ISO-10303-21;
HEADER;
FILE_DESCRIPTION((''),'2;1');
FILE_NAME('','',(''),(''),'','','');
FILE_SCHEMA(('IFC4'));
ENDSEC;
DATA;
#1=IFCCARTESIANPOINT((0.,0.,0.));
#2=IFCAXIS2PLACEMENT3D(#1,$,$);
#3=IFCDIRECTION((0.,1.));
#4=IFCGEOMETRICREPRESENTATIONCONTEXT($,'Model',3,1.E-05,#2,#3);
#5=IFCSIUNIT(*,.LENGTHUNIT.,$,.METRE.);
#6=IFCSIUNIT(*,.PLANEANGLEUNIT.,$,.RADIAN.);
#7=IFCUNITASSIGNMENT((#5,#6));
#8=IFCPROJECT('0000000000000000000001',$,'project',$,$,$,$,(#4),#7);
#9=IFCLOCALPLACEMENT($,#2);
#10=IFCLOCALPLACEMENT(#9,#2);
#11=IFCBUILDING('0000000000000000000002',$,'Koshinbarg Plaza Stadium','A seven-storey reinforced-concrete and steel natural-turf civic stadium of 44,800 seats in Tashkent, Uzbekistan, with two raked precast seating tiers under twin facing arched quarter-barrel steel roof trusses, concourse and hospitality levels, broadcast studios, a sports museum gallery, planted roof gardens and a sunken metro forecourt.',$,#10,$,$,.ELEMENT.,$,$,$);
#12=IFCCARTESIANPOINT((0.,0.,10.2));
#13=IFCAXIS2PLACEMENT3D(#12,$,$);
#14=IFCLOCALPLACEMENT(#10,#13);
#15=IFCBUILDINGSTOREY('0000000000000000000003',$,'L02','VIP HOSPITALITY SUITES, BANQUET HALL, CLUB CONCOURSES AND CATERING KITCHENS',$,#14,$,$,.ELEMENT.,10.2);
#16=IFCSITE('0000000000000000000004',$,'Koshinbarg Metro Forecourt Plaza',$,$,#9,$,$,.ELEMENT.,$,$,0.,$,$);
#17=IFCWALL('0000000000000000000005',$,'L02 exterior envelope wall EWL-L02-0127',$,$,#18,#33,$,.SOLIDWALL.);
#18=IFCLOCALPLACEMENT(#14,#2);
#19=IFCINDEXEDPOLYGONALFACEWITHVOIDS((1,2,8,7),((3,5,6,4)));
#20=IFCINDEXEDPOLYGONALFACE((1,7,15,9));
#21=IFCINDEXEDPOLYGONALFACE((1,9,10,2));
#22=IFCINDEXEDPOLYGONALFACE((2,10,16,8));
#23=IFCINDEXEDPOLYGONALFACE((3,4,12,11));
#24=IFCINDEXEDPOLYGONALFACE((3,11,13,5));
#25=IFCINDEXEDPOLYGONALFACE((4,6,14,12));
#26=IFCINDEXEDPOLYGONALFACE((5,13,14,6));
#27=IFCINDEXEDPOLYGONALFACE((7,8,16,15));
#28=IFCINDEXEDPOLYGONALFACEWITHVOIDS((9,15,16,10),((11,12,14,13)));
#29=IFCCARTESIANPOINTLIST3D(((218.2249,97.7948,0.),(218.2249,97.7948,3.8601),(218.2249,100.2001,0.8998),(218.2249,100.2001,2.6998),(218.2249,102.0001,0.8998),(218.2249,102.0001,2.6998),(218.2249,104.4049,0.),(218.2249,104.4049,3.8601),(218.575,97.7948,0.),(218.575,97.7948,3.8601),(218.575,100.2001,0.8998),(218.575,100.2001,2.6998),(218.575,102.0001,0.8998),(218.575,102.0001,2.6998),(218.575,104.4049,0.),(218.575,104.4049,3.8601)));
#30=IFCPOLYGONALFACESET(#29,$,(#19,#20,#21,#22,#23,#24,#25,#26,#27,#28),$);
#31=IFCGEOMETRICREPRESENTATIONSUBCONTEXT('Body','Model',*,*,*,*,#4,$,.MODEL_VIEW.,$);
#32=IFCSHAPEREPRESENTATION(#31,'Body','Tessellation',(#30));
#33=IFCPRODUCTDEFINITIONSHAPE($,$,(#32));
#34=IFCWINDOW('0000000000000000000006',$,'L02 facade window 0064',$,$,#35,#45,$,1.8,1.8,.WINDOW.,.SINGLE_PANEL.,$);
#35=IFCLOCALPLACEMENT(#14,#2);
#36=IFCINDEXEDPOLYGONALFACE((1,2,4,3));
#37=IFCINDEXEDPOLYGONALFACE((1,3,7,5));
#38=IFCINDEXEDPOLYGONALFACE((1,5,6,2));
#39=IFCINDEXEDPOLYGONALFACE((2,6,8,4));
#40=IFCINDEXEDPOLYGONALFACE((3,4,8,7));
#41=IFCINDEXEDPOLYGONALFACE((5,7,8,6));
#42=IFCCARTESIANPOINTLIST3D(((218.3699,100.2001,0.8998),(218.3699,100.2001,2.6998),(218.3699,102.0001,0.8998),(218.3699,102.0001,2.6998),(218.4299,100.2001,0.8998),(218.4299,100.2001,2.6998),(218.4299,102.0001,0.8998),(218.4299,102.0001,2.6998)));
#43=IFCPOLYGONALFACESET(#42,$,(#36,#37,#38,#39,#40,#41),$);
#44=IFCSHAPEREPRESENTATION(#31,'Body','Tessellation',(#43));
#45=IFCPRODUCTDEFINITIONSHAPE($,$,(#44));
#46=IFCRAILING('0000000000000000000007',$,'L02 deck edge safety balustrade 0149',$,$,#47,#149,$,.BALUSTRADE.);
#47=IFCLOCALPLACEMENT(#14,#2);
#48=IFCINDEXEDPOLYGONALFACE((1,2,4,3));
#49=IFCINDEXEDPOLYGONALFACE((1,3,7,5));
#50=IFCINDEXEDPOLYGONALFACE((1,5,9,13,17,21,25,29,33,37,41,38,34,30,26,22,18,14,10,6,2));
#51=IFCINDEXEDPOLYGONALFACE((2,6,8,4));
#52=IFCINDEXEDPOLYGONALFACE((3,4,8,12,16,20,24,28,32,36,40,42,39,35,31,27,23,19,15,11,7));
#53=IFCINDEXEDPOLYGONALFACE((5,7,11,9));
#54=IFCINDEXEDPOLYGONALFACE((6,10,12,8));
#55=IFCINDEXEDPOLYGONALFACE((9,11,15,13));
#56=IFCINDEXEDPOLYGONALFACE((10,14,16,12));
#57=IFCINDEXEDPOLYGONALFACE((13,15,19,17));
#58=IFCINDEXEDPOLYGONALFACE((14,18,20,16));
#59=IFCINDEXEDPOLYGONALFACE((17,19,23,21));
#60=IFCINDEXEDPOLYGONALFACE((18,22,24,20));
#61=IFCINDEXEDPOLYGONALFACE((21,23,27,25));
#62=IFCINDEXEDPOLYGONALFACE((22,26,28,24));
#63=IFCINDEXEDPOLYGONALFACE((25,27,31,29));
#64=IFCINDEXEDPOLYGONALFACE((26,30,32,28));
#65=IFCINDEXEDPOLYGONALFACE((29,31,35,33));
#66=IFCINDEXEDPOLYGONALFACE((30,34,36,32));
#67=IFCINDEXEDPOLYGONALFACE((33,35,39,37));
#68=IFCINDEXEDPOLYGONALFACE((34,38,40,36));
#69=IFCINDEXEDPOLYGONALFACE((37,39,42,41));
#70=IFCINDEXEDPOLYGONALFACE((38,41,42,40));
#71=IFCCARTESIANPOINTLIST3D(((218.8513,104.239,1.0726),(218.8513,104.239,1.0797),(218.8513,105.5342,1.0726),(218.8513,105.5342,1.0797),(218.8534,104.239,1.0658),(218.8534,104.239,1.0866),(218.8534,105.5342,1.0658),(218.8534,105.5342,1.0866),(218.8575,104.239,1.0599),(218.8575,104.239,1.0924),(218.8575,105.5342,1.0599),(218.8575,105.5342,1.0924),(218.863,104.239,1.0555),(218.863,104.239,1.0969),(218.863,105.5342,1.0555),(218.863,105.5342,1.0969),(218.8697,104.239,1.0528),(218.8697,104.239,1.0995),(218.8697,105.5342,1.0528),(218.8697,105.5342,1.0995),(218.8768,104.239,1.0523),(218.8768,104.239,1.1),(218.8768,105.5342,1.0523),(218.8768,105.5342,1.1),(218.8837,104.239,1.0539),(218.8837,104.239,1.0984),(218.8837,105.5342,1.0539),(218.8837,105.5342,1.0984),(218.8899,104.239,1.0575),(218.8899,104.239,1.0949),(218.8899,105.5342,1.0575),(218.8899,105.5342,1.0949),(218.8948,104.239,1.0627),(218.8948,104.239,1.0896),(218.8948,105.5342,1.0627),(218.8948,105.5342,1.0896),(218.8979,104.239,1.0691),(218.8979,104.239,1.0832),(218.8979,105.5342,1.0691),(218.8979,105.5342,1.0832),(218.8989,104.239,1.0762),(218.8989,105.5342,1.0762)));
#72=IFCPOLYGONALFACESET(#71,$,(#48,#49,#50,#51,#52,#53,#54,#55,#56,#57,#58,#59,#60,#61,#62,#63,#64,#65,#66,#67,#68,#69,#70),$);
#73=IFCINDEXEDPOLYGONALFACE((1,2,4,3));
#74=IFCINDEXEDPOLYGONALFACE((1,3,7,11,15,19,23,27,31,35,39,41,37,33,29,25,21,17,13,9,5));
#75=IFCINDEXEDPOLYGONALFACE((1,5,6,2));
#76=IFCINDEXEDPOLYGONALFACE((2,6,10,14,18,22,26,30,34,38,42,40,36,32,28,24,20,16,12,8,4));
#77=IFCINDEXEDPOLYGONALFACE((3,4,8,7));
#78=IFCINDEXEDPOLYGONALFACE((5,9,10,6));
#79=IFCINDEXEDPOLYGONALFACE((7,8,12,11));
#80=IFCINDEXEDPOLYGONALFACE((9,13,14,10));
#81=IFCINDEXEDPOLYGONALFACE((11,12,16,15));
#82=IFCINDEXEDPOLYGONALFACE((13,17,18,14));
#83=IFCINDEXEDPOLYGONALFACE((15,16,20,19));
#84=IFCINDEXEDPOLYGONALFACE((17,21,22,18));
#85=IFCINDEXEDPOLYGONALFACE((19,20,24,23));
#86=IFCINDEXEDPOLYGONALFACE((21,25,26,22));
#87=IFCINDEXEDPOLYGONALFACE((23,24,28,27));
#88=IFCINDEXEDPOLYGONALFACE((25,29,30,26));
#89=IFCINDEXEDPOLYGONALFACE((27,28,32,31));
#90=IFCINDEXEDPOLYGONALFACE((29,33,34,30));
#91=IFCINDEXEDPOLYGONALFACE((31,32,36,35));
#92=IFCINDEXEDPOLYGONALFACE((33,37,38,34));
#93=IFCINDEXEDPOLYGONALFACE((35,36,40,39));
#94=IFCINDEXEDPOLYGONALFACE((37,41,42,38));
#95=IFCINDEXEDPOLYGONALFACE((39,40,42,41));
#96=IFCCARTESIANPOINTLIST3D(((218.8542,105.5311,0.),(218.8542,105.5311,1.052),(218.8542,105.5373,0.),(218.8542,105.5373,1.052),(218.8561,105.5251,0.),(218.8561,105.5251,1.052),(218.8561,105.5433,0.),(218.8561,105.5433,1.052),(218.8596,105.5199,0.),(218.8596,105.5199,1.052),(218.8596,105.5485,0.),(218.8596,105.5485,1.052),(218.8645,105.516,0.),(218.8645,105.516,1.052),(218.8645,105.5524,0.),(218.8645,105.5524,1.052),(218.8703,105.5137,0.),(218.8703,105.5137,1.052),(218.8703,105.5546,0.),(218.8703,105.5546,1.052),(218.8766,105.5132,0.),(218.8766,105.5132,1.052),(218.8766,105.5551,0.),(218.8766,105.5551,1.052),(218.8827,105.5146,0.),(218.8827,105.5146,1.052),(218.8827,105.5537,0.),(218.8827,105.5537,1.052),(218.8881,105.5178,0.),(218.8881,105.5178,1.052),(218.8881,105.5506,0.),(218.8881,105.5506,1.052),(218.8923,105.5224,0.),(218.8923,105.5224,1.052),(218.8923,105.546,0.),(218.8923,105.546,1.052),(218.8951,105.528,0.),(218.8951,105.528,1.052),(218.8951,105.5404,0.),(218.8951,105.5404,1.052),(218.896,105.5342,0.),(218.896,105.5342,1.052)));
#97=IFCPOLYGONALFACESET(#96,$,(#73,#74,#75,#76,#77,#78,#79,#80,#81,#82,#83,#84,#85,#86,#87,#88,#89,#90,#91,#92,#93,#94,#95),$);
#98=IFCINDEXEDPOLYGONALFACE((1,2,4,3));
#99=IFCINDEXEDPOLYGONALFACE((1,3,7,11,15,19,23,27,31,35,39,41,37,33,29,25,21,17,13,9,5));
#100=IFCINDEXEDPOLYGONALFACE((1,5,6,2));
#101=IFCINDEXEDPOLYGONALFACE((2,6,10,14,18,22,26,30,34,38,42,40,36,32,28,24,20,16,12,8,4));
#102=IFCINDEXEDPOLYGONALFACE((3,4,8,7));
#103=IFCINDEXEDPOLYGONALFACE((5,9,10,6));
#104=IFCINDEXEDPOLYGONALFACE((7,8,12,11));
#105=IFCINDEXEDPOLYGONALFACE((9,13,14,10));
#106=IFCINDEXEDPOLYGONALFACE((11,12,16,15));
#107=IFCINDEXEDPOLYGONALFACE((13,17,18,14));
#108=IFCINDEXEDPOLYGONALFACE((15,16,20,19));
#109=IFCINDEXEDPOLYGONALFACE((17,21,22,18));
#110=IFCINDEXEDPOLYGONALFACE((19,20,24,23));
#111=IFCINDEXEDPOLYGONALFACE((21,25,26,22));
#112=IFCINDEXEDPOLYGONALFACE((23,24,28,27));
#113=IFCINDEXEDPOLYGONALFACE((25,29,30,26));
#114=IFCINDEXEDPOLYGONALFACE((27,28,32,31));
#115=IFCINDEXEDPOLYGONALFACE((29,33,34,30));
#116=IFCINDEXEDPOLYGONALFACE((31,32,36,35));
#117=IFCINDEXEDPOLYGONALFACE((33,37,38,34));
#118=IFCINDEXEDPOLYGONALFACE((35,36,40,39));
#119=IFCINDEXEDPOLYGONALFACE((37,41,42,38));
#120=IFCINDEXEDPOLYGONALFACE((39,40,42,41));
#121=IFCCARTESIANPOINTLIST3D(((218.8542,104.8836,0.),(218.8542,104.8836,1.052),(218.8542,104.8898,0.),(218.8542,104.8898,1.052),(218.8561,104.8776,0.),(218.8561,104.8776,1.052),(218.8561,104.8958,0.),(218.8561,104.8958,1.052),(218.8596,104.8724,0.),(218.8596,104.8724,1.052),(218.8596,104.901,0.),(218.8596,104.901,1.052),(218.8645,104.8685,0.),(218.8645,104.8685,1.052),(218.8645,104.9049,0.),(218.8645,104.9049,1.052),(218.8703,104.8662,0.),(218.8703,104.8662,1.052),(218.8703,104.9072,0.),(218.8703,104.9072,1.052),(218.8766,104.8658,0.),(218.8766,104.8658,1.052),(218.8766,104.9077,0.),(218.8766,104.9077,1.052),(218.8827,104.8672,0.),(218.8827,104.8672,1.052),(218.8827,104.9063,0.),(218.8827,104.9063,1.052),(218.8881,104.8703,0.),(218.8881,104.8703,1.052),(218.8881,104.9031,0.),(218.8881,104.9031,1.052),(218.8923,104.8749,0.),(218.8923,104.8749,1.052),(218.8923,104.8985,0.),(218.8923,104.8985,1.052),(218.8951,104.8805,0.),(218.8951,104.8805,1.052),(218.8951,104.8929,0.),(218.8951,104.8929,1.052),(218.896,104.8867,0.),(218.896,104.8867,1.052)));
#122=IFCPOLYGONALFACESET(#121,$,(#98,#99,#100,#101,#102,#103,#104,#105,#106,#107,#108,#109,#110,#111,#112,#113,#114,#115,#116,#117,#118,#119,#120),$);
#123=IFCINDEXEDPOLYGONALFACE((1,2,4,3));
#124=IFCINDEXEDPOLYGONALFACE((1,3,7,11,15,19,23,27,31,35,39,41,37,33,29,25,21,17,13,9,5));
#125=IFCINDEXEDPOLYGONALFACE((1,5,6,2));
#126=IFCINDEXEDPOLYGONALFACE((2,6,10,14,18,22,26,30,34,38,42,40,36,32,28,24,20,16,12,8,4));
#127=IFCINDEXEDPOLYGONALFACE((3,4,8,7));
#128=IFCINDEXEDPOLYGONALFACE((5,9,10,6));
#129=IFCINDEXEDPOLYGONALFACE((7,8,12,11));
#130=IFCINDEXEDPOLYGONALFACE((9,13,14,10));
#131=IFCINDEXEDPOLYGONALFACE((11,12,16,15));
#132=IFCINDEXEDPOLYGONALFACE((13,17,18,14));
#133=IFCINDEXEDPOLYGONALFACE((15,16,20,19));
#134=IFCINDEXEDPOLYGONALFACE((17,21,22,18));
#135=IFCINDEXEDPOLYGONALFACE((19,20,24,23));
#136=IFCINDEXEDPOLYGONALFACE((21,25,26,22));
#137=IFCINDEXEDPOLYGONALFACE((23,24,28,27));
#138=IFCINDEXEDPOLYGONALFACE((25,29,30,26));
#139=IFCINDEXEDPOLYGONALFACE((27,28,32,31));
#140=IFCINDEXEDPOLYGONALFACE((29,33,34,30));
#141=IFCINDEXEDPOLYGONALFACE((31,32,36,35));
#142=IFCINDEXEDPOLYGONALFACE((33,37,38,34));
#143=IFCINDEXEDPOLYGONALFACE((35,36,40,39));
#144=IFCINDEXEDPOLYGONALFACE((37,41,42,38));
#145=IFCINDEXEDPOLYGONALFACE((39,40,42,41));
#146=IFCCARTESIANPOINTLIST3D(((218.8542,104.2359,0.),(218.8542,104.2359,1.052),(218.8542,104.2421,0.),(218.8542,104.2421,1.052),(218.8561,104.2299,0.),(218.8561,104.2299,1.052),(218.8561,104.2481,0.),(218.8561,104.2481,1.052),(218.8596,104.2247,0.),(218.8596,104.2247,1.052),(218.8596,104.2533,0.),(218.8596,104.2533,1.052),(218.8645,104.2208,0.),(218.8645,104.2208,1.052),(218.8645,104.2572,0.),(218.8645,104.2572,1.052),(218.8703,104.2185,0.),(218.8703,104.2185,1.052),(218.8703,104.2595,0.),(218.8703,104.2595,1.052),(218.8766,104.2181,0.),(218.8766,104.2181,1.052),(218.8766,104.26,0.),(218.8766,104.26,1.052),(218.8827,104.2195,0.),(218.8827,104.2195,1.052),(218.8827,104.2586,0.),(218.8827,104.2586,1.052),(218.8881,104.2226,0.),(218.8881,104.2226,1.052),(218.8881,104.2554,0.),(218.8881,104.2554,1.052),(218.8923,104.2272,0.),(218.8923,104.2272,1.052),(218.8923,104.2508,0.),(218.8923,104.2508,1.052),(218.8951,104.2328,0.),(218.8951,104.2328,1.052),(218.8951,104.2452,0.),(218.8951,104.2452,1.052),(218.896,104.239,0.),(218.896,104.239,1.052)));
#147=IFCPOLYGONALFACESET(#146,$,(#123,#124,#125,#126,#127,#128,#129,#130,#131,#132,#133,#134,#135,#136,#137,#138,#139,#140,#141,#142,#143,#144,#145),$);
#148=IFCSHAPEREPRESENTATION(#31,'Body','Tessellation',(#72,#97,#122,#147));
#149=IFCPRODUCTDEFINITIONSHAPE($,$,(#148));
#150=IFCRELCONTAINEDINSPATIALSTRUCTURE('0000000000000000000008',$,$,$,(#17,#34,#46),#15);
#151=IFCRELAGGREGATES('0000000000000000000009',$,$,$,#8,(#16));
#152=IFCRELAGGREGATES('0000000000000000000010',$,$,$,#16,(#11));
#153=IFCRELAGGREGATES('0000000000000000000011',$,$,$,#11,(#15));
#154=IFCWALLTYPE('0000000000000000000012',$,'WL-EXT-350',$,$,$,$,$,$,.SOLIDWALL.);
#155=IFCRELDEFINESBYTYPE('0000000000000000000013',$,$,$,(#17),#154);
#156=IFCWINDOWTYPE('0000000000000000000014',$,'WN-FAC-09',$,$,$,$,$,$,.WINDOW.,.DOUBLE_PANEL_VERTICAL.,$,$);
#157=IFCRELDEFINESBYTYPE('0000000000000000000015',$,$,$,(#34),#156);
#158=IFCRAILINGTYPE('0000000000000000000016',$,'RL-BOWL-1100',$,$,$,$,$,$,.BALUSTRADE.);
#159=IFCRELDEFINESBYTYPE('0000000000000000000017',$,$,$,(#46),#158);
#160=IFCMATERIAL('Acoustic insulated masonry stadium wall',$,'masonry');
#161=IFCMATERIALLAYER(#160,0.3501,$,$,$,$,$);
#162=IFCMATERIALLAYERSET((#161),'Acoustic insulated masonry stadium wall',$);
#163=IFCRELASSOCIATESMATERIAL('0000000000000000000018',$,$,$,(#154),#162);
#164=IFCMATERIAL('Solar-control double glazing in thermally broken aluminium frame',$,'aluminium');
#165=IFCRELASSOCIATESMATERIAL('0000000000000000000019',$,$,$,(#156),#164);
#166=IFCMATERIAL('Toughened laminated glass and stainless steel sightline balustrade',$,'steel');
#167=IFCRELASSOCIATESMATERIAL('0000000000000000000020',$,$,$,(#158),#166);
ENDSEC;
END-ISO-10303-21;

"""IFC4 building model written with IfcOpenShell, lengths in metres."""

from ifc_helpers import new_model, si_unit, direction, frame, frame_2d, origin, origin_2d, place, context, subcontext, project, spatial, rectangle, circle, extrude, material, layer, layer_set, type_object, element, fill, save


model = new_model("IFC4")

# Units and contexts
model_context = context("Model", 3, precision=1e-05, world=origin(), true_north=direction((0.0, 1.0)))
body_context = subcontext(model_context, "Body", "Model", "MODEL_VIEW")
ifc_project = project(units=[si_unit("LENGTHUNIT", "METRE"), si_unit("PLANEANGLEUNIT", "RADIAN")], contexts=[model_context])

# Site, building, storey
site_placement = place(None, origin())
site = spatial("IfcSite", under=ifc_project, at=site_placement, Name="Koshinbarg Metro Forecourt Plaza", CompositionType="ELEMENT", RefElevation=0.0)
building_placement = place(site_placement, origin())
building = spatial("IfcBuilding", under=site, at=building_placement, Name="Koshinbarg Plaza Stadium", Description="A seven-storey reinforced-concrete and steel natural-turf civic stadium of 44,800 seats in Tashkent, Uzbekistan, with two raked precast seating tiers under twin facing arched quarter-barrel steel roof trusses, concourse and hospitality levels, broadcast studios, a sports museum gallery, planted roof gardens and a sunken metro forecourt.", CompositionType="ELEMENT")
storey_placement = place(building_placement, frame((0.0, 0.0, 10.2)))
storey = spatial("IfcBuildingStorey", under=building, at=storey_placement, Name="L02", Description="VIP HOSPITALITY SUITES, BANQUET HALL, CLUB CONCOURSES AND CATERING KITCHENS", CompositionType="ELEMENT", Elevation=10.2)

# Wall, opening, window
ifc_material_1 = material(Name="Acoustic insulated masonry stadium wall", Category="masonry")
ifc_layer_1 = layer(ifc_material_1, 0.3501)
ifc_layer_set_1 = layer_set([ifc_layer_1], Name="Acoustic insulated masonry stadium wall")
wall_type = type_object("IfcWallType", Name="WL-EXT-350", PredefinedType="SOLIDWALL", material=ifc_layer_set_1)
wall_placement = place(storey_placement, frame((218.3999, 104.405, 0.0), z_axis=(0.0, 0.0, 1.0), x_axis=(0.0, -1.0, 0.0)))
wall = element("IfcWall", 1, at=wall_placement, inside=storey, type_object=wall_type, Name="L02 exterior envelope wall EWL-L02-0127", PredefinedType="SOLIDWALL", context=body_context, shape_type="SweptSolid", body=[
    extrude(rectangle(XDim=6.6101, YDim=0.3501, at=frame_2d((3.3052, 0.0))), origin(), (0.0, 0.0, 1.0), 3.8601),
])
opening_placement = place(wall_placement, frame((2.405, 0.0, 0.8999)))
opening = element("IfcOpeningElement", 2, at=opening_placement, cuts=wall, PredefinedType="OPENING", context=body_context, shape_type="SweptSolid", body=[
    extrude(rectangle(XDim=1.8, YDim=1.8, at=frame_2d((0.8999, 0.8999))), frame((0.0, 0.1851, 0.0), z_axis=(0.0, -1.0, 0.0), x_axis=(1.0, 0.0, 0.0)), (0.0, 0.0, 1.0), 0.3701),
])
ifc_material_2 = material(Name="Solar-control double glazing in thermally broken aluminium frame", Category="aluminium")
window_type = type_object("IfcWindowType", Name="WN-FAC-09", PartitioningType="DOUBLE_PANEL_VERTICAL", PredefinedType="WINDOW", material=ifc_material_2)
window_placement = place(opening_placement, origin())
window = element("IfcWindow", 3, at=window_placement, inside=storey, type_object=window_type, Name="L02 facade window 0064", OverallHeight=1.8, OverallWidth=1.8, PartitioningType="SINGLE_PANEL", PredefinedType="WINDOW", context=body_context, shape_type="SweptSolid", body=[
    extrude(rectangle(XDim=1.8, YDim=1.8, at=frame_2d((0.8999, 0.8999))), frame((0.0, 0.03, 0.0), z_axis=(0.0, -1.0, 0.0), x_axis=(1.0, 0.0, 0.0)), (0.0, 0.0, 1.0), 0.0601),
])
fill(opening, window)

# Railing
ifc_material_3 = material(Name="Toughened laminated glass and stainless steel sightline balustrade", Category="steel")
railing_type = type_object("IfcRailingType", Name="RL-BOWL-1100", PredefinedType="BALUSTRADE", material=ifc_material_3)
railing_1_placement = place(storey_placement, frame((218.875, 105.5342, 0.0)))
element("IfcRailing", 4, at=railing_1_placement, inside=storey, type_object=railing_type, Name="L02 deck edge safety balustrade 0149", PredefinedType="BALUSTRADE", context=body_context, shape_type="SweptSolid", body=[
    extrude(circle(Radius=0.0239, at=origin_2d()), frame((0.0, 0.0, 1.0762), z_axis=(0.0, -1.0, 0.0), x_axis=(1.0, 0.0, 0.0)), (0.0, 0.0, 1.0), 1.2952),
    extrude(circle(Radius=0.021, at=origin_2d()), origin(), (0.0, 0.0, 1.0), 1.052),
    extrude(circle(Radius=0.021, at=origin_2d()), frame((0.0, -0.6475, 0.0)), (0.0, 0.0, 1.0), 1.052),
    extrude(circle(Radius=0.021, at=origin_2d()), frame((0.0, -1.2952, 0.0)), (0.0, 0.0, 1.0), 1.052),
])

save(model, "model.ifc")
